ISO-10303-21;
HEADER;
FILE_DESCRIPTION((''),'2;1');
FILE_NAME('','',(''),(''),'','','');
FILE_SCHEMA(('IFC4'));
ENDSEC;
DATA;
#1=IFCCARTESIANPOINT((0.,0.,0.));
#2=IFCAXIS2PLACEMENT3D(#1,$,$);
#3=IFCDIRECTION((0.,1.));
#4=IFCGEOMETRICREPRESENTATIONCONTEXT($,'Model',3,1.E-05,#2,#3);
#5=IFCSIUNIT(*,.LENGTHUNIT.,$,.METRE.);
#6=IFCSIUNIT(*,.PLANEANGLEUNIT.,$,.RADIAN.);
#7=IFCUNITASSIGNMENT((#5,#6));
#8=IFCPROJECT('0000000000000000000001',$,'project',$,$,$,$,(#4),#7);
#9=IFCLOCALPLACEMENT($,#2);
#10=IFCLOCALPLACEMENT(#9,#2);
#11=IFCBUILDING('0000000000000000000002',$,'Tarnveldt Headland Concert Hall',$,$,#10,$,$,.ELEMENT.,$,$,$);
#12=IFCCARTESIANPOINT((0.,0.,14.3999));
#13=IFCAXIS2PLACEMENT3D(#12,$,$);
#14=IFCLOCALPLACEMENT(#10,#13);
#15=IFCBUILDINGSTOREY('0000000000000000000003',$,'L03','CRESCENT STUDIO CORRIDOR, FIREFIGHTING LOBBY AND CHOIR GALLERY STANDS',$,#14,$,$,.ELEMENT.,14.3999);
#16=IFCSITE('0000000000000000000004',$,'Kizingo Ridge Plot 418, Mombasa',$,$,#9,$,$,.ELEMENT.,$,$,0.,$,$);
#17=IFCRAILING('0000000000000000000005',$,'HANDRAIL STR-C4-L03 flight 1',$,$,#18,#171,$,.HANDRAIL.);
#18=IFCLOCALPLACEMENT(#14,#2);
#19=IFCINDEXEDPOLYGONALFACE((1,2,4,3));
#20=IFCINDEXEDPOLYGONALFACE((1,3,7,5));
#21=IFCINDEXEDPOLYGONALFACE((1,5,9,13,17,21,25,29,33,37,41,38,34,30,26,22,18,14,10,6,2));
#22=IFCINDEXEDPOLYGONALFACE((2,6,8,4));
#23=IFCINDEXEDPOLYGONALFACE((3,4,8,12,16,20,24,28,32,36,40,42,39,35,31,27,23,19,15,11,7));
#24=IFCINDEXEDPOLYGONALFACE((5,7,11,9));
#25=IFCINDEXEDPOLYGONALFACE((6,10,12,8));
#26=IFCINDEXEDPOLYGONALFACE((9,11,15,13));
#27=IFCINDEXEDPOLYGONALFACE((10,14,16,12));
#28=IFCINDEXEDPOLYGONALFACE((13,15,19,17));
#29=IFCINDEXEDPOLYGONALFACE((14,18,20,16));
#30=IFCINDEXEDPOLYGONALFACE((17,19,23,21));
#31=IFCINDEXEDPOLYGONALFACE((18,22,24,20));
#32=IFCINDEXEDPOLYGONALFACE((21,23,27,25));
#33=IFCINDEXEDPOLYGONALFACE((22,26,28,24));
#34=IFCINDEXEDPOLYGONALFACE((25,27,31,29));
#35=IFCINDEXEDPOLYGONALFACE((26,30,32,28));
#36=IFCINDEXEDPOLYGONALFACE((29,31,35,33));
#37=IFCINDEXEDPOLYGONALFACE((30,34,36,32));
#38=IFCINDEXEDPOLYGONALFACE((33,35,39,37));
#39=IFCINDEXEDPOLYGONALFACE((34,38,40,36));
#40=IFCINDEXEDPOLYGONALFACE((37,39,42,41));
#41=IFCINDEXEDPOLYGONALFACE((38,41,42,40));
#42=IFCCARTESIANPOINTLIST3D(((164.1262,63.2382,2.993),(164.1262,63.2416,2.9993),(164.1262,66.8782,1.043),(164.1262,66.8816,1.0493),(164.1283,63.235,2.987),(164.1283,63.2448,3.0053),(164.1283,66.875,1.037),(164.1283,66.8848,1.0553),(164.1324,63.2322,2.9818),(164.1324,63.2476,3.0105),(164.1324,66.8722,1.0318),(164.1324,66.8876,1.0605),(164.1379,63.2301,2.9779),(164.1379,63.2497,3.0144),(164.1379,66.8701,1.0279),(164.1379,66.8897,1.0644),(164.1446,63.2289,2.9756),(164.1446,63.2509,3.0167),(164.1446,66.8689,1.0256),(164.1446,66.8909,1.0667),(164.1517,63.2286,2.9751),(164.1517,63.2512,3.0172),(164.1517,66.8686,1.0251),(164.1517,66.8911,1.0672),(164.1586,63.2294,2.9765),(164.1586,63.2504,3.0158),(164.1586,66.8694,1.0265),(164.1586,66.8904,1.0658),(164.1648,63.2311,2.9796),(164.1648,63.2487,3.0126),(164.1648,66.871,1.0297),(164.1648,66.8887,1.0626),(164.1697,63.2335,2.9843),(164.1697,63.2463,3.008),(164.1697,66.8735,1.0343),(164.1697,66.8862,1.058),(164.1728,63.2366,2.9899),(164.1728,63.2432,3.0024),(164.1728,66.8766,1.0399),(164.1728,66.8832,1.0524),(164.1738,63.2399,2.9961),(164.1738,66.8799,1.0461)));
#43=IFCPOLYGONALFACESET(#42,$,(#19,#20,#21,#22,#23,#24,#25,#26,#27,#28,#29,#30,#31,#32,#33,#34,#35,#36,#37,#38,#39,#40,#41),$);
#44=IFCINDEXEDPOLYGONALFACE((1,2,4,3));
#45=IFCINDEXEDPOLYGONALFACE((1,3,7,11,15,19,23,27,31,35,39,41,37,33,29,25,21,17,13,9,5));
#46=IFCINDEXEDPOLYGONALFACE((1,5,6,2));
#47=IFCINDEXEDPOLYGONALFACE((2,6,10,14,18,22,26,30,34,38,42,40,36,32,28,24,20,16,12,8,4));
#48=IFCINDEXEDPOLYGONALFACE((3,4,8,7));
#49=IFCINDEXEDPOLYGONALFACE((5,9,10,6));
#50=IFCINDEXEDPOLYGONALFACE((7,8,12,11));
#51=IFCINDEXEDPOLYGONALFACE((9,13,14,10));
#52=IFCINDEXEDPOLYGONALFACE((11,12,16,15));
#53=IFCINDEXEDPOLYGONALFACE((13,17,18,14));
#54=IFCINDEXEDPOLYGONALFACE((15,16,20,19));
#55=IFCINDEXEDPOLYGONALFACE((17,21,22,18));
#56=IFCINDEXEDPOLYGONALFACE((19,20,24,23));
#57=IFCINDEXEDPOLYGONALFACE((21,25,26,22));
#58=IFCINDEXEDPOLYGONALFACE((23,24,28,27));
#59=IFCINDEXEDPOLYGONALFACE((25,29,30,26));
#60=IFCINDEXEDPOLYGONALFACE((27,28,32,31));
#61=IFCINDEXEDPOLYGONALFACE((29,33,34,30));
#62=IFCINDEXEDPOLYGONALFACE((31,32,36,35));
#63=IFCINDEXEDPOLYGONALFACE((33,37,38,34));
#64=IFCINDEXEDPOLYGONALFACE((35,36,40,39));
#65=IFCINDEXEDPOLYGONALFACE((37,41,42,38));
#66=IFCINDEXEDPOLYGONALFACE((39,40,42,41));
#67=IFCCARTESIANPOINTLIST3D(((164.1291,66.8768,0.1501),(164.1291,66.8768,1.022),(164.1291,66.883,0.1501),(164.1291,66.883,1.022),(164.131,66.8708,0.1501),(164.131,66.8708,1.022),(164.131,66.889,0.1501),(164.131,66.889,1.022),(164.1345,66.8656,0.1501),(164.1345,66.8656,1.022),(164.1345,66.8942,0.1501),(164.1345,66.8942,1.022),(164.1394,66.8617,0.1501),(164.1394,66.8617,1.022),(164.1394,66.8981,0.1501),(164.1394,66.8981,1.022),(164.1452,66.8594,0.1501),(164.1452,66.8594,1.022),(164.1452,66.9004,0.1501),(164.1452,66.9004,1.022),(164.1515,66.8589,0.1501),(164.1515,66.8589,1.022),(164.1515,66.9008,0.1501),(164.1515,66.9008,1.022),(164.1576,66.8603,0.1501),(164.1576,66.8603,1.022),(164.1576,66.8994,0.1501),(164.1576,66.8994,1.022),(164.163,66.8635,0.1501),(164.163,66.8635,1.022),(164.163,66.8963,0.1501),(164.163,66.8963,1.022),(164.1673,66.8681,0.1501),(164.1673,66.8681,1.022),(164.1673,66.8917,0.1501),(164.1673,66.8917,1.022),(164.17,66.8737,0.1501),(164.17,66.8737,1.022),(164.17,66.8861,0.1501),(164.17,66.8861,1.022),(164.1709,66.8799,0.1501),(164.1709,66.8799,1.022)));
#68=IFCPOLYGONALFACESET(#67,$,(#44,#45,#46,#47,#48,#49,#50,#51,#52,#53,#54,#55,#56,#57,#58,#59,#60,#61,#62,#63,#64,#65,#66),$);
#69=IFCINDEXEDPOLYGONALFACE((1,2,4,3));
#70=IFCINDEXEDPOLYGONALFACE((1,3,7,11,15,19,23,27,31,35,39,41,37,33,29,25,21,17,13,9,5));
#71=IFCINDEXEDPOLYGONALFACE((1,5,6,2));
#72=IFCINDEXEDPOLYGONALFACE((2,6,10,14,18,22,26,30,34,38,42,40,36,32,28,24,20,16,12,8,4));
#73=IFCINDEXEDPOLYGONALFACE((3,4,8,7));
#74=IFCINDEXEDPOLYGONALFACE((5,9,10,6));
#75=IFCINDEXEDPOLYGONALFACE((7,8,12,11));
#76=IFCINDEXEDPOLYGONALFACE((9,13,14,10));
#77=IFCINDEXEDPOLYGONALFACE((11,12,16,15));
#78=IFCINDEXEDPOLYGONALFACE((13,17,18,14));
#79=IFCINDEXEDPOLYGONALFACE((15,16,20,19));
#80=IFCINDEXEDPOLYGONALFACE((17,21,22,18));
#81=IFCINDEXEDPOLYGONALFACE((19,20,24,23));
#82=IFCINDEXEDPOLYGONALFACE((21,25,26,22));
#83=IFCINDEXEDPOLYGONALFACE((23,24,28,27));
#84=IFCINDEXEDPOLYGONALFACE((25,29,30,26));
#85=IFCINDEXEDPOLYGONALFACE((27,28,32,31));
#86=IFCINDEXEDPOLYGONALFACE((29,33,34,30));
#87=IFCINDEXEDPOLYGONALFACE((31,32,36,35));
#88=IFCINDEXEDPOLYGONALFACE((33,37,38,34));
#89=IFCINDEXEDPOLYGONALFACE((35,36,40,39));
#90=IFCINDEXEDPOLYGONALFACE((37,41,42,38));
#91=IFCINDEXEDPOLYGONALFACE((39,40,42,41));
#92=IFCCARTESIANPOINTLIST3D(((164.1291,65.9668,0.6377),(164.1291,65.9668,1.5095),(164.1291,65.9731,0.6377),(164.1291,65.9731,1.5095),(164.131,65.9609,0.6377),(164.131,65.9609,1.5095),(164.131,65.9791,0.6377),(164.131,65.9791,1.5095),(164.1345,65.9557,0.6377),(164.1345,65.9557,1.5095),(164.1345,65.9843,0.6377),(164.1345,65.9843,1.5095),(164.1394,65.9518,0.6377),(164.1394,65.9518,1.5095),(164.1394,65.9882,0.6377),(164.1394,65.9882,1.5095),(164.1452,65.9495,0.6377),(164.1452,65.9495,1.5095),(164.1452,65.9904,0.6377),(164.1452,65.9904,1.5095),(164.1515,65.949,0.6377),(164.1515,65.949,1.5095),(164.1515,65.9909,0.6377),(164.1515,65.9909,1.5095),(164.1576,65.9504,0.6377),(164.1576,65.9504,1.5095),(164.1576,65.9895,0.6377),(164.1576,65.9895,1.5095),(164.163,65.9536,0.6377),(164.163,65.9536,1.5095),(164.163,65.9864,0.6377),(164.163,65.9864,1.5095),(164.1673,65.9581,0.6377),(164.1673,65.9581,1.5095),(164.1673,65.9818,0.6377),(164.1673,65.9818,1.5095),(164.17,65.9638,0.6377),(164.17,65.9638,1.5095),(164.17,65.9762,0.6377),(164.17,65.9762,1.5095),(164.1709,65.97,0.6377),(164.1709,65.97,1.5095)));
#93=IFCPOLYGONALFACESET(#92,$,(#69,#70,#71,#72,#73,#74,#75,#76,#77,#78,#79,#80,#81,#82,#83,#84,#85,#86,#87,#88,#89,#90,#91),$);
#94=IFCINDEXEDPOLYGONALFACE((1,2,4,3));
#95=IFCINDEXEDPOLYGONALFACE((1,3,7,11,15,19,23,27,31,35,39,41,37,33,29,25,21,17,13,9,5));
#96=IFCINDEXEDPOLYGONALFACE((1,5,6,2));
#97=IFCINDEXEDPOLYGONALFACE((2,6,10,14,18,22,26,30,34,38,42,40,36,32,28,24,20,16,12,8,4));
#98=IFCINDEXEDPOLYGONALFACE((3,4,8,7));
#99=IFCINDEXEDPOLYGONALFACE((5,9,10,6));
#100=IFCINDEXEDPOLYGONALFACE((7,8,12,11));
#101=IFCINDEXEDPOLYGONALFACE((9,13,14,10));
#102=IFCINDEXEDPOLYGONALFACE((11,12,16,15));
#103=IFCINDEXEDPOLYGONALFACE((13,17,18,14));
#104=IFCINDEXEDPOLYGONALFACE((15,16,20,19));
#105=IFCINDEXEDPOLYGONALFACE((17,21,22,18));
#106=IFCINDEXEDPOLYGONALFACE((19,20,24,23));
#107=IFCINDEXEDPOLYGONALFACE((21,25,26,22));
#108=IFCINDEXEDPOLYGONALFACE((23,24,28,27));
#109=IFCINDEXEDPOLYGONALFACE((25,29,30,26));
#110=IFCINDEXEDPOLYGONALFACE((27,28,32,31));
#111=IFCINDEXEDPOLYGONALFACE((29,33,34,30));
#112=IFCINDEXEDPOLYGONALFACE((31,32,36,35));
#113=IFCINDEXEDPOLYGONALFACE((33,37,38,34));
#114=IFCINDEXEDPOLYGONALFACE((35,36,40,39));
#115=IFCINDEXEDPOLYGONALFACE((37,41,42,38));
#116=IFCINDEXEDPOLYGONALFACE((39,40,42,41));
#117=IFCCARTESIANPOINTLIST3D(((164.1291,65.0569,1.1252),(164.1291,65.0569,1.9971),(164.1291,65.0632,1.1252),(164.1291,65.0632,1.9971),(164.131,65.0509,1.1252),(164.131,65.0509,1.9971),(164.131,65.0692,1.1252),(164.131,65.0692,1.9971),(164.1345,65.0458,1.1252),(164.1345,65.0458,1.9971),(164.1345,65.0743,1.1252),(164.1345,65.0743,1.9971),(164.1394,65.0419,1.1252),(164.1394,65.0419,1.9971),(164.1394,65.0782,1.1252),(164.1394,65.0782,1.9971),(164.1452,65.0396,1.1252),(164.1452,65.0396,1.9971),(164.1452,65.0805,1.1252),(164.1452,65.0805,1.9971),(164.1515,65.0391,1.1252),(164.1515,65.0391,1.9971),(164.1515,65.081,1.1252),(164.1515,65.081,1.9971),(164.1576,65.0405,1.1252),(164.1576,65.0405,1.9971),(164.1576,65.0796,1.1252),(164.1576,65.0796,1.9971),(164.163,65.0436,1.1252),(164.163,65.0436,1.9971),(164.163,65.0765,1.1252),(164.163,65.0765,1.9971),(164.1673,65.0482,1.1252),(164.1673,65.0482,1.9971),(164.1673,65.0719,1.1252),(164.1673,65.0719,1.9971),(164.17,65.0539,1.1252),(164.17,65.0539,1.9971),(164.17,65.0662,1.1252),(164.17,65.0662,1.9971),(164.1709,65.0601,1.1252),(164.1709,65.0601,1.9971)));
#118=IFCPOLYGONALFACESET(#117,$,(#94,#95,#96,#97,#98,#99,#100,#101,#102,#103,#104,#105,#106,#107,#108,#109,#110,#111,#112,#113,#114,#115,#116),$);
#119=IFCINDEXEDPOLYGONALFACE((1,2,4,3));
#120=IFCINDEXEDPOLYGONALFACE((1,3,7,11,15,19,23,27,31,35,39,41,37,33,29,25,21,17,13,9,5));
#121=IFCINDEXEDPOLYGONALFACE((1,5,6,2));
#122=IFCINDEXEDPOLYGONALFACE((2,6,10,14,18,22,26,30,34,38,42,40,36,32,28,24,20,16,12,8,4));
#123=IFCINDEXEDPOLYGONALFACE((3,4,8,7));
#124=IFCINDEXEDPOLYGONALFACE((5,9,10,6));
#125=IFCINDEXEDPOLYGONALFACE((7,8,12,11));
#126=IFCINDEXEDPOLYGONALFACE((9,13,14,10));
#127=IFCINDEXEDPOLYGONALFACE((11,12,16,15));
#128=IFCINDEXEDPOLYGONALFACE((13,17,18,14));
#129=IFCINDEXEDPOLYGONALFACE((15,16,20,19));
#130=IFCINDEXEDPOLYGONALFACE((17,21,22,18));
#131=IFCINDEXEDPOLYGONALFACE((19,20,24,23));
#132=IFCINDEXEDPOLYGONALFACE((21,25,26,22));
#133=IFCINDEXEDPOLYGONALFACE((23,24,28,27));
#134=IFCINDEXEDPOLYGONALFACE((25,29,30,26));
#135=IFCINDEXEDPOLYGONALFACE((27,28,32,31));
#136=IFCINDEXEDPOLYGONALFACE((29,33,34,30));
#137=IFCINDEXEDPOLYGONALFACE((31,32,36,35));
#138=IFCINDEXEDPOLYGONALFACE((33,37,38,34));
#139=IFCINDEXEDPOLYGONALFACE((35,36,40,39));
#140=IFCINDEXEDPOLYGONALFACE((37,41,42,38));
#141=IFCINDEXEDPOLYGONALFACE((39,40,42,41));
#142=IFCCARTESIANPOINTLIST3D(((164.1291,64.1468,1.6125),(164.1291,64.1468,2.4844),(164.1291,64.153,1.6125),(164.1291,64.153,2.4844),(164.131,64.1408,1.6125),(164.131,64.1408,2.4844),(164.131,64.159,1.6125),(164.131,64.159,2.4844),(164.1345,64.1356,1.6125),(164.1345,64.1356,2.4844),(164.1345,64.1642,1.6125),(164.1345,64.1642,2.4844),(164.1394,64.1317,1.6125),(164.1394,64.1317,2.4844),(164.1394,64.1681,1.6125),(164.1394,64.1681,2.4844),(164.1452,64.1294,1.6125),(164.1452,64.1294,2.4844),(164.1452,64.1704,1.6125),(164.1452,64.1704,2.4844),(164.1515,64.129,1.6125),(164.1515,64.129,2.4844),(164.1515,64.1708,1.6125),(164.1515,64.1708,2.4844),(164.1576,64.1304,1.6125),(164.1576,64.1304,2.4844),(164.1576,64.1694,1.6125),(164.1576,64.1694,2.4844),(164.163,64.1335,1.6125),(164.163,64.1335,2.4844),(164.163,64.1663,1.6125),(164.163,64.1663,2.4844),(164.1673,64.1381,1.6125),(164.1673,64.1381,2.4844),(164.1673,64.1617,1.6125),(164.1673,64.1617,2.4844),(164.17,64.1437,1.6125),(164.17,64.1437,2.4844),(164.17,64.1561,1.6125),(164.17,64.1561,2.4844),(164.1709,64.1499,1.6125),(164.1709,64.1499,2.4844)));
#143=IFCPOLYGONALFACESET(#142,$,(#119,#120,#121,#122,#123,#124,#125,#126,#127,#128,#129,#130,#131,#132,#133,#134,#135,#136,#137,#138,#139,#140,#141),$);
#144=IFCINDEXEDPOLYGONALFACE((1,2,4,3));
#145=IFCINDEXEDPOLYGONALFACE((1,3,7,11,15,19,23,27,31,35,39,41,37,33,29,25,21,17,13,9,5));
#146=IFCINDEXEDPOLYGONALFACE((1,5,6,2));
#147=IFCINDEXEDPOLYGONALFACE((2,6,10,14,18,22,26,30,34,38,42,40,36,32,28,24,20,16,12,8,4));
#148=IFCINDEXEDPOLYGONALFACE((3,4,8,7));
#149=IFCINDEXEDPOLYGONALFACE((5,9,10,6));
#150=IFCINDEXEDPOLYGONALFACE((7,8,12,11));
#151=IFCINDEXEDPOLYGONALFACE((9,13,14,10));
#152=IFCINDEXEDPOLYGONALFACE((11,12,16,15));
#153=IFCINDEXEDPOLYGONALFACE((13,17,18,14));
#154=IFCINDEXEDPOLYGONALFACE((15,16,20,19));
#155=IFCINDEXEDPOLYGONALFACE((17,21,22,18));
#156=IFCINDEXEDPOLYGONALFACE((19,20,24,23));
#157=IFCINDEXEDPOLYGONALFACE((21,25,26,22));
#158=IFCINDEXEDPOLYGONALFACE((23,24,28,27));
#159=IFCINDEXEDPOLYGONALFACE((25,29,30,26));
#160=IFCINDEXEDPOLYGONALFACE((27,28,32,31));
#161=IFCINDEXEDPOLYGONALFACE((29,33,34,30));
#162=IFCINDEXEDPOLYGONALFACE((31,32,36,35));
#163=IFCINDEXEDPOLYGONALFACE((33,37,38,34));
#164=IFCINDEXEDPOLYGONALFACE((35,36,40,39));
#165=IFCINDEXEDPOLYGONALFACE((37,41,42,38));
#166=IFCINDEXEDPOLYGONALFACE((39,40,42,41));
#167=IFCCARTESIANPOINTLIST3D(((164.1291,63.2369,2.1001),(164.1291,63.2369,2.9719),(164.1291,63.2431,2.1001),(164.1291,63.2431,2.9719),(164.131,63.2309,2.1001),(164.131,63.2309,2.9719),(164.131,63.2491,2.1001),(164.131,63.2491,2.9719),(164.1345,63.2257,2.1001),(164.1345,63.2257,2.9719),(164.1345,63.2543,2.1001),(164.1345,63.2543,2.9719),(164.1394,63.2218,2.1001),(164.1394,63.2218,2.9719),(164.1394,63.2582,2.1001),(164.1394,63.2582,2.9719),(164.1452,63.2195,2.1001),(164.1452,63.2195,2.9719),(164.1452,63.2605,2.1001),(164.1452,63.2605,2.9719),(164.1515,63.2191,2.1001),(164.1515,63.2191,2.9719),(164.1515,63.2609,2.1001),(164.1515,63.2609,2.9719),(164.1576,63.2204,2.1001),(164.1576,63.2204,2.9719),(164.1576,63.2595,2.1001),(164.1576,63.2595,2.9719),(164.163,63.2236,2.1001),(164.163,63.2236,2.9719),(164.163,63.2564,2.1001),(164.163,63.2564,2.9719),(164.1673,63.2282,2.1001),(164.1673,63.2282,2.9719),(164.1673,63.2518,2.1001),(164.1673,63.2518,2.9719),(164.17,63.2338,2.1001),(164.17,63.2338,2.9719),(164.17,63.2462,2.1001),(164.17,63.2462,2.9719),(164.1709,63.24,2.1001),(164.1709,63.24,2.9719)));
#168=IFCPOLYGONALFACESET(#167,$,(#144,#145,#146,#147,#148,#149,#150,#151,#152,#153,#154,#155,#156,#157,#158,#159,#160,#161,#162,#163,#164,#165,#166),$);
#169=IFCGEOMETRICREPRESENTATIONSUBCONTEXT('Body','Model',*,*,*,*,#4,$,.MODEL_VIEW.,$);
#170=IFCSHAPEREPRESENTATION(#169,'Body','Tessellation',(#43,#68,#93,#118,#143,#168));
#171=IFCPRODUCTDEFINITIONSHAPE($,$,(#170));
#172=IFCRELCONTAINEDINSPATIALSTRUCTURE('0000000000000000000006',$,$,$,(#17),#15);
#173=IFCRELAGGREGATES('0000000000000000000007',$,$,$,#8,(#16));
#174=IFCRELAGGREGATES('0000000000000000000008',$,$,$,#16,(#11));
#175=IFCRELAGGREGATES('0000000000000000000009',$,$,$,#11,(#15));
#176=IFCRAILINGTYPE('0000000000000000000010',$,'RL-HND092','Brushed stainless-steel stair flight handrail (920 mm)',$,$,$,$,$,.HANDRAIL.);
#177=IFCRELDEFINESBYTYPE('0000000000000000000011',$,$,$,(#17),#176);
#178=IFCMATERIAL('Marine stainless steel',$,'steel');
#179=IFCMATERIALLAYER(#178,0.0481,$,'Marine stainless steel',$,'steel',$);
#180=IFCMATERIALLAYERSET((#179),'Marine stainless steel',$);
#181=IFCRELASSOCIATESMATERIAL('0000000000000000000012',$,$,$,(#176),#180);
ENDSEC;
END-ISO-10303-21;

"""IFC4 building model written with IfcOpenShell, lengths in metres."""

from ifc_helpers import new_model, si_unit, direction, frame, origin, origin_2d, place, context, subcontext, project, spatial, circle, extrude, material, layer, layer_set, type_object, element, save


model = new_model("IFC4")

# Units and contexts
model_context = context("Model", 3, precision=1e-05, world=origin(), true_north=direction((0.0, 1.0)))
body_context = subcontext(model_context, "Body", "Model", "MODEL_VIEW")
ifc_project = project(units=[si_unit("LENGTHUNIT", "METRE"), si_unit("PLANEANGLEUNIT", "RADIAN")], contexts=[model_context])

# Site, building, storey
site_placement = place(None, origin())
site = spatial("IfcSite", under=ifc_project, at=site_placement, Name="Kizingo Ridge Plot 418, Mombasa", CompositionType="ELEMENT", RefElevation=0.0)
building_placement = place(site_placement, origin())
building = spatial("IfcBuilding", under=site, at=building_placement, Name="Tarnveldt Headland Concert Hall", CompositionType="ELEMENT")
storey_placement = place(building_placement, frame((0.0, 0.0, 14.3999)))
storey = spatial("IfcBuildingStorey", under=building, at=storey_placement, Name="L03", Description="CRESCENT STUDIO CORRIDOR, FIREFIGHTING LOBBY AND CHOIR GALLERY STANDS", CompositionType="ELEMENT", Elevation=14.3999)

# Railing
ifc_material_1 = material(Name="Marine stainless steel", Category="steel")
ifc_layer_1 = layer(ifc_material_1, 0.0481, Name="Marine stainless steel", Category="steel")
ifc_layer_set_1 = layer_set([ifc_layer_1], Name="Marine stainless steel")
railing_type_1 = type_object("IfcRailingType", Name="RL-HND092", Description="Brushed stainless-steel stair flight handrail (920 mm)", PredefinedType="HANDRAIL", material=ifc_layer_set_1)
railing_1_placement = place(storey_placement, frame((164.1499, 66.8799, 0.1501)))
element("IfcRailing", 1, at=railing_1_placement, inside=storey, type_object=railing_type_1, Name="HANDRAIL STR-C4-L03 flight 1", PredefinedType="HANDRAIL", context=body_context, shape_type="SweptSolid", body=[
    extrude(circle(Radius=0.0239, at=origin_2d()), frame((0.0, 0.0, 0.896), z_axis=(0.0, -0.881479, 0.472223), x_axis=(1.0, 0.0, 0.0)), (0.0, 0.0, 1.0), 4.1294),
    extrude(circle(Radius=0.021, at=origin_2d()), origin(), (0.0, 0.0, 1.0), 0.8718),
    extrude(circle(Radius=0.021, at=origin_2d()), frame((0.0, -0.9099, 0.4875)), (0.0, 0.0, 1.0), 0.8718),
    extrude(circle(Radius=0.021, at=origin_2d()), frame((0.0, -1.8198, 0.9751)), (0.0, 0.0, 1.0), 0.8718),
    extrude(circle(Radius=0.021, at=origin_2d()), frame((0.0, -2.73, 1.4624)), (0.0, 0.0, 1.0), 0.8718),
    extrude(circle(Radius=0.021, at=origin_2d()), frame((0.0, -3.6399, 1.95)), (0.0, 0.0, 1.0), 0.8718),
])

save(model, "model.ifc")
